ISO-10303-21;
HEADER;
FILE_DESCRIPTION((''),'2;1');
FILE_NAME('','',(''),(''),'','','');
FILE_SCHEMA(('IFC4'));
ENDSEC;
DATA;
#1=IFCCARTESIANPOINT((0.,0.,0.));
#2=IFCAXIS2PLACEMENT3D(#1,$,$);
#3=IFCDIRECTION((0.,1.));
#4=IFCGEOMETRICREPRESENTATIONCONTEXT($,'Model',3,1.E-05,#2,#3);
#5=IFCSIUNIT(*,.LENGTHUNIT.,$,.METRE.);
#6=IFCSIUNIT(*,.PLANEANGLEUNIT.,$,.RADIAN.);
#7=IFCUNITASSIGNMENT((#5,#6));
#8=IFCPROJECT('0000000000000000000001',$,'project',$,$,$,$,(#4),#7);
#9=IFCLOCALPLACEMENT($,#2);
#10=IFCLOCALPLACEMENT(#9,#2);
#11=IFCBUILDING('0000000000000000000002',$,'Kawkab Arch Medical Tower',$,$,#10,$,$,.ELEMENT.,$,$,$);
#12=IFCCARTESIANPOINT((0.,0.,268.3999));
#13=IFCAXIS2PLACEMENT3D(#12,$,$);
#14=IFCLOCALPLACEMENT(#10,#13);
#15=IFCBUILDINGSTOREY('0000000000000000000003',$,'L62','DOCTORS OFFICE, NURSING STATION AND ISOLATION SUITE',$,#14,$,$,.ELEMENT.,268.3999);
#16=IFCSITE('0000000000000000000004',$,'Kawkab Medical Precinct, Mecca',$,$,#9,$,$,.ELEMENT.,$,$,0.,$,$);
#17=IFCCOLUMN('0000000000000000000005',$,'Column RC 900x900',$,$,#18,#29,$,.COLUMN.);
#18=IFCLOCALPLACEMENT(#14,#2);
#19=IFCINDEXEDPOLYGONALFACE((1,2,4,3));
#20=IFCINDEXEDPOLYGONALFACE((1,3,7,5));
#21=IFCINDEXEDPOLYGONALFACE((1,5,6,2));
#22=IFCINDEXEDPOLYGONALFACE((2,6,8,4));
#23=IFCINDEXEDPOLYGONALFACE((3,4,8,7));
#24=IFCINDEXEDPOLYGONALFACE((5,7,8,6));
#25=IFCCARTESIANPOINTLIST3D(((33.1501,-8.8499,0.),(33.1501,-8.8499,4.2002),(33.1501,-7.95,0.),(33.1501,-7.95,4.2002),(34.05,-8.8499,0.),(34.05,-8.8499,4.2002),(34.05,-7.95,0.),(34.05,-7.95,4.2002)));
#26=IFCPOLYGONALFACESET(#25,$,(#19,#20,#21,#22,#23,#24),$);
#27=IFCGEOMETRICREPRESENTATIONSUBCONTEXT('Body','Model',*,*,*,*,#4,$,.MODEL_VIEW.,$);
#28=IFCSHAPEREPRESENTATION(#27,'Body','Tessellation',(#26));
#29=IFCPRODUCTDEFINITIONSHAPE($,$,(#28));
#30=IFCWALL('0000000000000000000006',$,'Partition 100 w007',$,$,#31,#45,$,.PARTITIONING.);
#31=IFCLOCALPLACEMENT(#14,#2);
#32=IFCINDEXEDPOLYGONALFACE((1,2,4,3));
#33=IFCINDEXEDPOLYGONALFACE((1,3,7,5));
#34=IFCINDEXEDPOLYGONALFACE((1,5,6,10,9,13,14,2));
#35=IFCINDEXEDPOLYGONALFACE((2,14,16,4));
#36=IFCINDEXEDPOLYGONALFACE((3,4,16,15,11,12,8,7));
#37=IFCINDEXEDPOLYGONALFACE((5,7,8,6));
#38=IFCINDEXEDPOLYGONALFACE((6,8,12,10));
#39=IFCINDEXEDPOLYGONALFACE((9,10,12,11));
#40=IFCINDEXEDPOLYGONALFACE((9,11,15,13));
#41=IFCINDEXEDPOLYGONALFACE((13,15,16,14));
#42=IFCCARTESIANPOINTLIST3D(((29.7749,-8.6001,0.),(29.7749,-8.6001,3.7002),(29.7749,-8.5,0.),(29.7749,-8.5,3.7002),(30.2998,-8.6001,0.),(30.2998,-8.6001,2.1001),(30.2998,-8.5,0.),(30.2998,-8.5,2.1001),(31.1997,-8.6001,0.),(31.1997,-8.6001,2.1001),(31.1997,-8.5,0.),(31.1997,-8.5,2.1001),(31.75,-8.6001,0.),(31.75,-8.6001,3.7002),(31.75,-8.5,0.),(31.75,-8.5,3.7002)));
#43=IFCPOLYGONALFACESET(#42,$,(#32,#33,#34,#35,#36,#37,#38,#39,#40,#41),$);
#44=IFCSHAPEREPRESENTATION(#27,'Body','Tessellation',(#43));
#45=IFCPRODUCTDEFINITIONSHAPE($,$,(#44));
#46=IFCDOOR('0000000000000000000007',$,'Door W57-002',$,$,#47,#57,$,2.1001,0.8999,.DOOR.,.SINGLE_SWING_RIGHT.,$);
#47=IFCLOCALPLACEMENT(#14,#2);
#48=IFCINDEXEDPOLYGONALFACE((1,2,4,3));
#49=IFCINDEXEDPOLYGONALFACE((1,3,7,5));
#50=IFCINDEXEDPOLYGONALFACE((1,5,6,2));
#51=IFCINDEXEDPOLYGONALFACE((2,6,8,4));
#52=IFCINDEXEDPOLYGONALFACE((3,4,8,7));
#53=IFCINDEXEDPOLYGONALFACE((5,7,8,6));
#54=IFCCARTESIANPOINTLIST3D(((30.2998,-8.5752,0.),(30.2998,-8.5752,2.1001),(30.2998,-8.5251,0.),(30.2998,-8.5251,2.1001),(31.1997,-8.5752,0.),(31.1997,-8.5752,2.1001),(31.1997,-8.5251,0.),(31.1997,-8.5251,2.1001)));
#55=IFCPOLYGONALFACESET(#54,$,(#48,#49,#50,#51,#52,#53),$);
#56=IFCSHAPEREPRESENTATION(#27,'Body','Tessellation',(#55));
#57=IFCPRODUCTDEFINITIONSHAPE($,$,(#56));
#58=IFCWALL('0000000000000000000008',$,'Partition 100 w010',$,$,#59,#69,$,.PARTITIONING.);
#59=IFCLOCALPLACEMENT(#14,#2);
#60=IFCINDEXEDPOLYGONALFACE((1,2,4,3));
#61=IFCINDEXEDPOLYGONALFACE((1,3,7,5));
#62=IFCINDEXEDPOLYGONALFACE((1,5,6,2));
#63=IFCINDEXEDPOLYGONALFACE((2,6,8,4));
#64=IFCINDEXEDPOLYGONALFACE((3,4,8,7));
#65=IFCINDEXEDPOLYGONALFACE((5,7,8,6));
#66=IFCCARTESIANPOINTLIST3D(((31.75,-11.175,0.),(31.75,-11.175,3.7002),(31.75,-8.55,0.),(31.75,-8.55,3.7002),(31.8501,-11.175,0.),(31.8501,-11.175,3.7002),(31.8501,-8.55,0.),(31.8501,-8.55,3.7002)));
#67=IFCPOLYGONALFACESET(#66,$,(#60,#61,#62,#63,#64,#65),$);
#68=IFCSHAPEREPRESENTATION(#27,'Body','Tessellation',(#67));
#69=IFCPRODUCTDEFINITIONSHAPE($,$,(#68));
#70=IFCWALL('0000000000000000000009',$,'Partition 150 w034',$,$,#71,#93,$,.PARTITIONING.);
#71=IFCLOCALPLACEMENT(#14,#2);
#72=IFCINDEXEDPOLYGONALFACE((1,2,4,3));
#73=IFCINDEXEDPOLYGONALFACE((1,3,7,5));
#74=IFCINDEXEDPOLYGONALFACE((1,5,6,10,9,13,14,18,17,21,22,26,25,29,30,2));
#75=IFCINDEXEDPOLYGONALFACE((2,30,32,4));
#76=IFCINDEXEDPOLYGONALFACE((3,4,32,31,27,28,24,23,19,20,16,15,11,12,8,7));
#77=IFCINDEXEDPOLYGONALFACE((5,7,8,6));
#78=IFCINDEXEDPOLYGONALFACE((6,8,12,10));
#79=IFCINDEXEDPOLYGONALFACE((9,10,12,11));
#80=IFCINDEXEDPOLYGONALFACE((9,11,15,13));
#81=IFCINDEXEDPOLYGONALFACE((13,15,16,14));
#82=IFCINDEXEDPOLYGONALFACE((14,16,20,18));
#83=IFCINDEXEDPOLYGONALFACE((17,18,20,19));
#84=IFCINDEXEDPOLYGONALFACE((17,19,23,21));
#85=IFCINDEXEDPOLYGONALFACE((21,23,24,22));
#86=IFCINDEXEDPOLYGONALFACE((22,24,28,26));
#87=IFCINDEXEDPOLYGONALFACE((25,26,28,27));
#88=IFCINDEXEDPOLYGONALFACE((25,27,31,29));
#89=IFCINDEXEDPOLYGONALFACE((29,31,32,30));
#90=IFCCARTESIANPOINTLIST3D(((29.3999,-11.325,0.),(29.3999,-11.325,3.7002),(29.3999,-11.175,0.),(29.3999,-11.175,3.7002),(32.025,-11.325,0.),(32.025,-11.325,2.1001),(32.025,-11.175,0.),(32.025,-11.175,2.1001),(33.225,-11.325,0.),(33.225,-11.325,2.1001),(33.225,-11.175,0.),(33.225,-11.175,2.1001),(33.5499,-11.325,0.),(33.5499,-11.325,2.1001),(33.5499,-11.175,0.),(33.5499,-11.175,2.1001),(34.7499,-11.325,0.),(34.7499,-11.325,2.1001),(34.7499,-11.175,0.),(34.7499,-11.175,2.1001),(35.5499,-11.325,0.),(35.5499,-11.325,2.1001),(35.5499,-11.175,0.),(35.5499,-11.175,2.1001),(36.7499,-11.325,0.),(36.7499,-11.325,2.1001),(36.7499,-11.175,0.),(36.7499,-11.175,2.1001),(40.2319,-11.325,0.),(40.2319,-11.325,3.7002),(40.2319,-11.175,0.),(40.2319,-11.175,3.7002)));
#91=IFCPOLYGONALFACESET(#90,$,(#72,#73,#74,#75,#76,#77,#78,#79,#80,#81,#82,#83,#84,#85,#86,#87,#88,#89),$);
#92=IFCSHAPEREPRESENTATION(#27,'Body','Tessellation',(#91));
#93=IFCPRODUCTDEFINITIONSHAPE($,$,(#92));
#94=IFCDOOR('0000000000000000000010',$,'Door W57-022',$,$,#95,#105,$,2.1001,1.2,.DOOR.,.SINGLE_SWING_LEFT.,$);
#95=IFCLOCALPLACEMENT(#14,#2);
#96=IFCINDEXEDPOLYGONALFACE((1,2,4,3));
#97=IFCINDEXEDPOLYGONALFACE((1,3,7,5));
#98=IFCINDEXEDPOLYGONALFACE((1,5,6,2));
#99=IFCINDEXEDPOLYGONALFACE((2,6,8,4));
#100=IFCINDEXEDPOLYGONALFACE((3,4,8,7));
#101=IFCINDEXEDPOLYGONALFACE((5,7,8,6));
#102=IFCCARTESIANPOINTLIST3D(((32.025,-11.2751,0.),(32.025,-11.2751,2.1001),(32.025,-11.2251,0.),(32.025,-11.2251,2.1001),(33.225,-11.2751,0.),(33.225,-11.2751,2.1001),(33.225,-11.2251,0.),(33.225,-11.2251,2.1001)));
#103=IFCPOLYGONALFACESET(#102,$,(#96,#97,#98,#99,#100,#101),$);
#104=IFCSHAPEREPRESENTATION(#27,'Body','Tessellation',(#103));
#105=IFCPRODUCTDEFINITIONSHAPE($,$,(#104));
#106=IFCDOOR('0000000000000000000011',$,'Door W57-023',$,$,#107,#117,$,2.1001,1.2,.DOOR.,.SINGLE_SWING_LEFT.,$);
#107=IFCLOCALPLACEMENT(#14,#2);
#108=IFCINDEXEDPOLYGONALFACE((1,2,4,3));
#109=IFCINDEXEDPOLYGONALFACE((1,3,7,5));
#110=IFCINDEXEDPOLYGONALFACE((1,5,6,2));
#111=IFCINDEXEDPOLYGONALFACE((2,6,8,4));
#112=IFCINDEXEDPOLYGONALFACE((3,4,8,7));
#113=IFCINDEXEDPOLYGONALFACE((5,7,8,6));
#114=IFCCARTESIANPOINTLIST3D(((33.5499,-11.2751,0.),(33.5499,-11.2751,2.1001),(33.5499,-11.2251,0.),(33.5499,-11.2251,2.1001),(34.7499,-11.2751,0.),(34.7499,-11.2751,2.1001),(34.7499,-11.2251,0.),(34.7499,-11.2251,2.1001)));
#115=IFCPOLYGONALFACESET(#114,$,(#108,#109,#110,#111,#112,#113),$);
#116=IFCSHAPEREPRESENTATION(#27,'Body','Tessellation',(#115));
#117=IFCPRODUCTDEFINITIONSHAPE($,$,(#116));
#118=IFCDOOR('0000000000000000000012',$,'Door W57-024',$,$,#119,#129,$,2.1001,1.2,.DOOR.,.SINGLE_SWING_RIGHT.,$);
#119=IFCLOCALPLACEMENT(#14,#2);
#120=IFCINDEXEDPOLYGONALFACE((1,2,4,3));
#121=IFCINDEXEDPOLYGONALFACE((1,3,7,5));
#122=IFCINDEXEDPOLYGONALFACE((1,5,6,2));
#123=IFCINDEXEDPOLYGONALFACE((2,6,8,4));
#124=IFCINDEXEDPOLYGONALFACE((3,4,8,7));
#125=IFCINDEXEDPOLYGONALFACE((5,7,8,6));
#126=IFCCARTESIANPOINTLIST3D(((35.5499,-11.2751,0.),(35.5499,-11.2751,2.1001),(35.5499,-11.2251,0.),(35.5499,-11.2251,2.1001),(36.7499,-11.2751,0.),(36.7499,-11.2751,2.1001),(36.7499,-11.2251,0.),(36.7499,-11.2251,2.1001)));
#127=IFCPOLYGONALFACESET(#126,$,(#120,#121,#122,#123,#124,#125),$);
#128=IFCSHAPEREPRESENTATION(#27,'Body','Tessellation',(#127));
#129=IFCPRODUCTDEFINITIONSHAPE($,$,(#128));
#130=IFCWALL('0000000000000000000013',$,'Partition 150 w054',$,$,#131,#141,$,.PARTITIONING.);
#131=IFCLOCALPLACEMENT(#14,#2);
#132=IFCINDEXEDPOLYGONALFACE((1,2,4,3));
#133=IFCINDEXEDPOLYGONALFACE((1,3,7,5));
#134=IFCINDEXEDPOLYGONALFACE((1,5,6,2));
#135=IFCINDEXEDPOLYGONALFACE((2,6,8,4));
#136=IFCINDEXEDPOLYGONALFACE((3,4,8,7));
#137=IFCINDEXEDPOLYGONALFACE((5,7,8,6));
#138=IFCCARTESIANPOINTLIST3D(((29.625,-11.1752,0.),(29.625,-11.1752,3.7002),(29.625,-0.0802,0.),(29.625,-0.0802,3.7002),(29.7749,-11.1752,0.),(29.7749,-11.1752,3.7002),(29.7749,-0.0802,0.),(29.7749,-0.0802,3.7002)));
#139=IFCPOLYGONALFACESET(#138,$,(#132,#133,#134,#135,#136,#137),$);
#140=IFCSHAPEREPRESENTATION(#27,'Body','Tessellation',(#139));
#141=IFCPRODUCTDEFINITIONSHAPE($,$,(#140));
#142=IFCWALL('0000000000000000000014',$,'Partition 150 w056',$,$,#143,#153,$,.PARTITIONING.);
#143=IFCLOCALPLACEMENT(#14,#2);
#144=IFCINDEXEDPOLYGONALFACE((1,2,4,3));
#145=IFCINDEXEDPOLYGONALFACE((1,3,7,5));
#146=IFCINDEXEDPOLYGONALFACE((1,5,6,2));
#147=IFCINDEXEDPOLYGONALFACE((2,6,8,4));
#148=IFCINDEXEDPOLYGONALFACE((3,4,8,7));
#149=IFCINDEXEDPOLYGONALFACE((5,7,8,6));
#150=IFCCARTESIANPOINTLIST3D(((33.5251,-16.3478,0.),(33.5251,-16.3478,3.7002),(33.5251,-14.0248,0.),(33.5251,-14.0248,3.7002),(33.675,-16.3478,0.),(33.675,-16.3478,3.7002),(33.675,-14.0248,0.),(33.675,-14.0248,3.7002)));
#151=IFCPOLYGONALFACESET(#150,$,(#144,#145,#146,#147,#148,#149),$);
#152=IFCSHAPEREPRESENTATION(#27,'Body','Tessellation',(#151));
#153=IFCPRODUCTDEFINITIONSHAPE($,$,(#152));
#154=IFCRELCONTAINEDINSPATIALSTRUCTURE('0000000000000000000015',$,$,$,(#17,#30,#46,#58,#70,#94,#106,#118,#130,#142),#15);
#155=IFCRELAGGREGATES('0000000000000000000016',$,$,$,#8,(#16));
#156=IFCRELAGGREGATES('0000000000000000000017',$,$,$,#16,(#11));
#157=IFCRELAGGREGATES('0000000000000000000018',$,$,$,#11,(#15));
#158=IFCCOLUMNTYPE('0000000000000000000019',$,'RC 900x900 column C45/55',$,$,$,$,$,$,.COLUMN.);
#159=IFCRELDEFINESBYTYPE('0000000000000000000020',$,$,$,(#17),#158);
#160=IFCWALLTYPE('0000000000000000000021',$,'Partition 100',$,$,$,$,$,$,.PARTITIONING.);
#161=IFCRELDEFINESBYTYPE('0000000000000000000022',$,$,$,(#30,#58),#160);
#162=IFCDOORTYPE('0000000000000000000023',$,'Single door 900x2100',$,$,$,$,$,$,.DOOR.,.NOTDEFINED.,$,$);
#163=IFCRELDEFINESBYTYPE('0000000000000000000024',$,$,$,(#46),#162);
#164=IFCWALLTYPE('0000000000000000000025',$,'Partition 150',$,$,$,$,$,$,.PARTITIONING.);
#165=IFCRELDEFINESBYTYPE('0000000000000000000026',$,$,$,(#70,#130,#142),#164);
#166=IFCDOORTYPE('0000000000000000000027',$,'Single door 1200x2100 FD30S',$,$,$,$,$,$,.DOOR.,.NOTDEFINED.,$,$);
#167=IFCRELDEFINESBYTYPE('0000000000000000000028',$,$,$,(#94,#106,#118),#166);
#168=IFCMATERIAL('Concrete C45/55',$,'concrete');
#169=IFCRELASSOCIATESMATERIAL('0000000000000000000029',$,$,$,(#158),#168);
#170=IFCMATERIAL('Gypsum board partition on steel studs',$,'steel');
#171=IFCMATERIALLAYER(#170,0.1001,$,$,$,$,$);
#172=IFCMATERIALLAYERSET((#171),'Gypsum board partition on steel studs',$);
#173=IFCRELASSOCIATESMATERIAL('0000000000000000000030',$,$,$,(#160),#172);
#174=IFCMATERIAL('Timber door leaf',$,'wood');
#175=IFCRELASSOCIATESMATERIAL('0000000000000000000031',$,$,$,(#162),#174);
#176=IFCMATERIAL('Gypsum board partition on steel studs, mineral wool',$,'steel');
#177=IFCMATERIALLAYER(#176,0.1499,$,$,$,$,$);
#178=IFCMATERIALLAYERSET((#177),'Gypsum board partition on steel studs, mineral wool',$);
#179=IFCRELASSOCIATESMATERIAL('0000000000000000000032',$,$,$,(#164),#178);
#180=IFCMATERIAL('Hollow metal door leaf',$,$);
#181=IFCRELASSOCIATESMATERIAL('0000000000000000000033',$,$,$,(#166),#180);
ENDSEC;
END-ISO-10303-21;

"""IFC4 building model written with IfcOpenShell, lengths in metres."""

from ifc_helpers import new_model, si_unit, direction, frame, frame_2d, origin, origin_2d, place, context, subcontext, project, spatial, rectangle, extrude, material, layer, layer_set, material_profile, profile_set, type_object, element, fill, save


model = new_model("IFC4")

# Units and contexts
model_context = context("Model", 3, precision=1e-05, world=origin(), true_north=direction((0.0, 1.0)))
body_context = subcontext(model_context, "Body", "Model", "MODEL_VIEW")
ifc_project = project(units=[si_unit("LENGTHUNIT", "METRE"), si_unit("PLANEANGLEUNIT", "RADIAN")], contexts=[model_context])

# Site, building, storey
site_placement = place(None, origin())
site = spatial("IfcSite", under=ifc_project, at=site_placement, Name="Kawkab Medical Precinct, Mecca", CompositionType="ELEMENT", RefElevation=0.0)
building_placement = place(site_placement, origin())
building = spatial("IfcBuilding", under=site, at=building_placement, Name="Kawkab Arch Medical Tower", CompositionType="ELEMENT")
storey_placement = place(building_placement, frame((0.0, 0.0, 268.3999)))
storey = spatial("IfcBuildingStorey", under=building, at=storey_placement, Name="L62", Description="DOCTORS OFFICE, NURSING STATION AND ISOLATION SUITE", CompositionType="ELEMENT", Elevation=268.3999)

# Column
ifc_material_1 = material(Name="Concrete C45/55", Category="concrete")
ifc_material_profile = material_profile(ifc_material_1, rectangle(XDim=0.8999, YDim=0.8999, at=origin_2d()), Name="RC 900x900")
ifc_profile_set = profile_set([ifc_material_profile], Name="Concrete C45/55")
column_type = type_object("IfcColumnType", Name="RC 900x900 column C45/55", PredefinedType="COLUMN", material=ifc_profile_set)
column_placement = place(storey_placement, frame((33.6001, -8.3999, 0.0), z_axis=(0.0, 0.0, 1.0), x_axis=(1.0, 0.0, 0.0)))
element("IfcColumn", 1, at=column_placement, inside=storey, type_object=column_type, Name="Column RC 900x900", PredefinedType="COLUMN", context=body_context, shape_type="SweptSolid", body=[
    extrude(rectangle(XDim=0.8999, YDim=0.8999, at=origin_2d()), origin(), (0.0, 0.0, 1.0), 4.2002),
])

# Wall, opening, door
ifc_material_2 = material(Name="Gypsum board partition on steel studs", Category="steel")
ifc_layer_1 = layer(ifc_material_2, 0.1001)
ifc_layer_set_1 = layer_set([ifc_layer_1], Name="Gypsum board partition on steel studs")
wall_type_1 = type_object("IfcWallType", Name="Partition 100", PredefinedType="PARTITIONING", material=ifc_layer_set_1)
wall_1_placement = place(storey_placement, frame((29.7749, -8.55, 0.0), z_axis=(0.0, 0.0, 1.0), x_axis=(1.0, 0.0, 0.0)))
wall_1 = element("IfcWall", 2, at=wall_1_placement, inside=storey, type_object=wall_type_1, Name="Partition 100 w007", PredefinedType="PARTITIONING", context=body_context, shape_type="SweptSolid", body=[
    extrude(rectangle(XDim=1.9751, YDim=0.1001, at=frame_2d((0.9875, 0.0))), origin(), (0.0, 0.0, 1.0), 3.7002),
])
opening_1_placement = place(wall_1_placement, frame((0.5249, 0.0, 0.0)))
opening_1 = element("IfcOpeningElement", 3, at=opening_1_placement, cuts=wall_1, PredefinedType="OPENING", context=body_context, shape_type="SweptSolid", body=[
    extrude(rectangle(XDim=0.8999, YDim=2.1001, at=frame_2d((0.45, 1.05))), frame((0.0, 0.0601, 0.0), z_axis=(0.0, -1.0, 0.0), x_axis=(1.0, 0.0, 0.0)), (0.0, 0.0, 1.0), 0.1201),
])
ifc_material_3 = material(Name="Timber door leaf", Category="wood")
door_type_1 = type_object("IfcDoorType", Name="Single door 900x2100", OperationType="NOTDEFINED", PredefinedType="DOOR", material=ifc_material_3)
door_1_placement = place(opening_1_placement, origin())
door_1 = element("IfcDoor", 4, at=door_1_placement, inside=storey, type_object=door_type_1, Name="Door W57-002", OperationType="SINGLE_SWING_RIGHT", OverallHeight=2.1001, OverallWidth=0.8999, PredefinedType="DOOR", context=body_context, shape_type="SweptSolid", body=[
    extrude(rectangle(XDim=0.8999, YDim=2.1001, at=frame_2d((0.45, 1.05))), frame((0.0, 0.0249, 0.0), z_axis=(0.0, -1.0, 0.0), x_axis=(1.0, 0.0, 0.0)), (0.0, 0.0, 1.0), 0.05),
])
fill(opening_1, door_1)

# Wall
wall_2_placement = place(storey_placement, frame((31.8, -11.175, 0.0), z_axis=(0.0, 0.0, 1.0), x_axis=(0.0, 1.0, 0.0)))
element("IfcWall", 5, at=wall_2_placement, inside=storey, type_object=wall_type_1, Name="Partition 100 w010", PredefinedType="PARTITIONING", context=body_context, shape_type="SweptSolid", body=[
    extrude(rectangle(XDim=2.625, YDim=0.1001, at=frame_2d((1.3125, 0.0))), origin(), (0.0, 0.0, 1.0), 3.7002),
])

# Wall, openings, doors
ifc_material_4 = material(Name="Gypsum board partition on steel studs, mineral wool", Category="steel")
ifc_layer_2 = layer(ifc_material_4, 0.1499)
ifc_layer_set_2 = layer_set([ifc_layer_2], Name="Gypsum board partition on steel studs, mineral wool")
wall_type_2 = type_object("IfcWallType", Name="Partition 150", PredefinedType="PARTITIONING", material=ifc_layer_set_2)
wall_3_placement = place(storey_placement, frame((29.3999, -11.25, 0.0), z_axis=(0.0, 0.0, 1.0), x_axis=(1.0, 0.0, 0.0)))
wall_3 = element("IfcWall", 6, at=wall_3_placement, inside=storey, type_object=wall_type_2, Name="Partition 150 w034", PredefinedType="PARTITIONING", context=body_context, shape_type="SweptSolid", body=[
    extrude(rectangle(XDim=10.832, YDim=0.1499, at=frame_2d((5.416, 0.0))), origin(), (0.0, 0.0, 1.0), 3.7002),
])
opening_2_placement = place(wall_3_placement, frame((2.625, 0.0, 0.0)))
opening_2 = element("IfcOpeningElement", 7, at=opening_2_placement, cuts=wall_3, PredefinedType="OPENING", context=body_context, shape_type="SweptSolid", body=[
    extrude(rectangle(XDim=1.2, YDim=2.1001, at=frame_2d((0.6001, 1.05))), frame((0.0, 0.085, 0.0), z_axis=(0.0, -1.0, 0.0), x_axis=(1.0, 0.0, 0.0)), (0.0, 0.0, 1.0), 0.1699),
])
opening_3_placement = place(wall_3_placement, frame((4.1499, 0.0, 0.0)))
opening_3 = element("IfcOpeningElement", 8, at=opening_3_placement, cuts=wall_3, PredefinedType="OPENING", context=body_context, shape_type="SweptSolid", body=[
    extrude(rectangle(XDim=1.2, YDim=2.1001, at=frame_2d((0.6001, 1.05))), frame((0.0, 0.085, 0.0), z_axis=(0.0, -1.0, 0.0), x_axis=(1.0, 0.0, 0.0)), (0.0, 0.0, 1.0), 0.1699),
])
opening_4_placement = place(wall_3_placement, frame((6.1499, 0.0, 0.0)))
opening_4 = element("IfcOpeningElement", 9, at=opening_4_placement, cuts=wall_3, PredefinedType="OPENING", context=body_context, shape_type="SweptSolid", body=[
    extrude(rectangle(XDim=1.2, YDim=2.1001, at=frame_2d((0.6001, 1.05))), frame((0.0, 0.085, 0.0), z_axis=(0.0, -1.0, 0.0), x_axis=(1.0, 0.0, 0.0)), (0.0, 0.0, 1.0), 0.1699),
])
ifc_material_5 = material(Name="Hollow metal door leaf")
door_type_2 = type_object("IfcDoorType", Name="Single door 1200x2100 FD30S", OperationType="NOTDEFINED", PredefinedType="DOOR", material=ifc_material_5)
door_2_placement = place(opening_2_placement, origin())
door_2 = element("IfcDoor", 10, at=door_2_placement, inside=storey, type_object=door_type_2, Name="Door W57-022", OperationType="SINGLE_SWING_LEFT", OverallHeight=2.1001, OverallWidth=1.2, PredefinedType="DOOR", context=body_context, shape_type="SweptSolid", body=[
    extrude(rectangle(XDim=1.2, YDim=2.1001, at=frame_2d((0.6001, 1.05))), frame((0.0, 0.0249, 0.0), z_axis=(0.0, -1.0, 0.0), x_axis=(1.0, 0.0, 0.0)), (0.0, 0.0, 1.0), 0.05),
])
fill(opening_2, door_2)
door_3_placement = place(opening_3_placement, origin())
door_3 = element("IfcDoor", 11, at=door_3_placement, inside=storey, type_object=door_type_2, Name="Door W57-023", OperationType="SINGLE_SWING_LEFT", OverallHeight=2.1001, OverallWidth=1.2, PredefinedType="DOOR", context=body_context, shape_type="SweptSolid", body=[
    extrude(rectangle(XDim=1.2, YDim=2.1001, at=frame_2d((0.6001, 1.05))), frame((0.0, 0.0249, 0.0), z_axis=(0.0, -1.0, 0.0), x_axis=(1.0, 0.0, 0.0)), (0.0, 0.0, 1.0), 0.05),
])
fill(opening_3, door_3)
door_4_placement = place(opening_4_placement, origin())
door_4 = element("IfcDoor", 12, at=door_4_placement, inside=storey, type_object=door_type_2, Name="Door W57-024", OperationType="SINGLE_SWING_RIGHT", OverallHeight=2.1001, OverallWidth=1.2, PredefinedType="DOOR", context=body_context, shape_type="SweptSolid", body=[
    extrude(rectangle(XDim=1.2, YDim=2.1001, at=frame_2d((0.6001, 1.05))), frame((0.0, 0.0249, 0.0), z_axis=(0.0, -1.0, 0.0), x_axis=(1.0, 0.0, 0.0)), (0.0, 0.0, 1.0), 0.05),
])
fill(opening_4, door_4)

# Walls
wall_4_placement = place(storey_placement, frame((29.7, -11.175, 0.0), z_axis=(0.0, 0.0, 1.0), x_axis=(0.0, 1.0, 0.0)))
element("IfcWall", 13, at=wall_4_placement, inside=storey, type_object=wall_type_2, Name="Partition 150 w054", PredefinedType="PARTITIONING", context=body_context, shape_type="SweptSolid", body=[
    extrude(rectangle(XDim=11.095, YDim=0.1499, at=frame_2d((5.5474, 0.0))), origin(), (0.0, 0.0, 1.0), 3.7002),
])
wall_5_placement = place(storey_placement, frame((33.6001, -16.3479, 0.0), z_axis=(0.0, 0.0, 1.0), x_axis=(0.0, 1.0, 0.0)))
element("IfcWall", 14, at=wall_5_placement, inside=storey, type_object=wall_type_2, Name="Partition 150 w056", PredefinedType="PARTITIONING", context=body_context, shape_type="SweptSolid", body=[
    extrude(rectangle(XDim=2.323, YDim=0.1499, at=frame_2d((1.1616, 0.0))), origin(), (0.0, 0.0, 1.0), 3.7002),
])

save(model, "model.ifc")
